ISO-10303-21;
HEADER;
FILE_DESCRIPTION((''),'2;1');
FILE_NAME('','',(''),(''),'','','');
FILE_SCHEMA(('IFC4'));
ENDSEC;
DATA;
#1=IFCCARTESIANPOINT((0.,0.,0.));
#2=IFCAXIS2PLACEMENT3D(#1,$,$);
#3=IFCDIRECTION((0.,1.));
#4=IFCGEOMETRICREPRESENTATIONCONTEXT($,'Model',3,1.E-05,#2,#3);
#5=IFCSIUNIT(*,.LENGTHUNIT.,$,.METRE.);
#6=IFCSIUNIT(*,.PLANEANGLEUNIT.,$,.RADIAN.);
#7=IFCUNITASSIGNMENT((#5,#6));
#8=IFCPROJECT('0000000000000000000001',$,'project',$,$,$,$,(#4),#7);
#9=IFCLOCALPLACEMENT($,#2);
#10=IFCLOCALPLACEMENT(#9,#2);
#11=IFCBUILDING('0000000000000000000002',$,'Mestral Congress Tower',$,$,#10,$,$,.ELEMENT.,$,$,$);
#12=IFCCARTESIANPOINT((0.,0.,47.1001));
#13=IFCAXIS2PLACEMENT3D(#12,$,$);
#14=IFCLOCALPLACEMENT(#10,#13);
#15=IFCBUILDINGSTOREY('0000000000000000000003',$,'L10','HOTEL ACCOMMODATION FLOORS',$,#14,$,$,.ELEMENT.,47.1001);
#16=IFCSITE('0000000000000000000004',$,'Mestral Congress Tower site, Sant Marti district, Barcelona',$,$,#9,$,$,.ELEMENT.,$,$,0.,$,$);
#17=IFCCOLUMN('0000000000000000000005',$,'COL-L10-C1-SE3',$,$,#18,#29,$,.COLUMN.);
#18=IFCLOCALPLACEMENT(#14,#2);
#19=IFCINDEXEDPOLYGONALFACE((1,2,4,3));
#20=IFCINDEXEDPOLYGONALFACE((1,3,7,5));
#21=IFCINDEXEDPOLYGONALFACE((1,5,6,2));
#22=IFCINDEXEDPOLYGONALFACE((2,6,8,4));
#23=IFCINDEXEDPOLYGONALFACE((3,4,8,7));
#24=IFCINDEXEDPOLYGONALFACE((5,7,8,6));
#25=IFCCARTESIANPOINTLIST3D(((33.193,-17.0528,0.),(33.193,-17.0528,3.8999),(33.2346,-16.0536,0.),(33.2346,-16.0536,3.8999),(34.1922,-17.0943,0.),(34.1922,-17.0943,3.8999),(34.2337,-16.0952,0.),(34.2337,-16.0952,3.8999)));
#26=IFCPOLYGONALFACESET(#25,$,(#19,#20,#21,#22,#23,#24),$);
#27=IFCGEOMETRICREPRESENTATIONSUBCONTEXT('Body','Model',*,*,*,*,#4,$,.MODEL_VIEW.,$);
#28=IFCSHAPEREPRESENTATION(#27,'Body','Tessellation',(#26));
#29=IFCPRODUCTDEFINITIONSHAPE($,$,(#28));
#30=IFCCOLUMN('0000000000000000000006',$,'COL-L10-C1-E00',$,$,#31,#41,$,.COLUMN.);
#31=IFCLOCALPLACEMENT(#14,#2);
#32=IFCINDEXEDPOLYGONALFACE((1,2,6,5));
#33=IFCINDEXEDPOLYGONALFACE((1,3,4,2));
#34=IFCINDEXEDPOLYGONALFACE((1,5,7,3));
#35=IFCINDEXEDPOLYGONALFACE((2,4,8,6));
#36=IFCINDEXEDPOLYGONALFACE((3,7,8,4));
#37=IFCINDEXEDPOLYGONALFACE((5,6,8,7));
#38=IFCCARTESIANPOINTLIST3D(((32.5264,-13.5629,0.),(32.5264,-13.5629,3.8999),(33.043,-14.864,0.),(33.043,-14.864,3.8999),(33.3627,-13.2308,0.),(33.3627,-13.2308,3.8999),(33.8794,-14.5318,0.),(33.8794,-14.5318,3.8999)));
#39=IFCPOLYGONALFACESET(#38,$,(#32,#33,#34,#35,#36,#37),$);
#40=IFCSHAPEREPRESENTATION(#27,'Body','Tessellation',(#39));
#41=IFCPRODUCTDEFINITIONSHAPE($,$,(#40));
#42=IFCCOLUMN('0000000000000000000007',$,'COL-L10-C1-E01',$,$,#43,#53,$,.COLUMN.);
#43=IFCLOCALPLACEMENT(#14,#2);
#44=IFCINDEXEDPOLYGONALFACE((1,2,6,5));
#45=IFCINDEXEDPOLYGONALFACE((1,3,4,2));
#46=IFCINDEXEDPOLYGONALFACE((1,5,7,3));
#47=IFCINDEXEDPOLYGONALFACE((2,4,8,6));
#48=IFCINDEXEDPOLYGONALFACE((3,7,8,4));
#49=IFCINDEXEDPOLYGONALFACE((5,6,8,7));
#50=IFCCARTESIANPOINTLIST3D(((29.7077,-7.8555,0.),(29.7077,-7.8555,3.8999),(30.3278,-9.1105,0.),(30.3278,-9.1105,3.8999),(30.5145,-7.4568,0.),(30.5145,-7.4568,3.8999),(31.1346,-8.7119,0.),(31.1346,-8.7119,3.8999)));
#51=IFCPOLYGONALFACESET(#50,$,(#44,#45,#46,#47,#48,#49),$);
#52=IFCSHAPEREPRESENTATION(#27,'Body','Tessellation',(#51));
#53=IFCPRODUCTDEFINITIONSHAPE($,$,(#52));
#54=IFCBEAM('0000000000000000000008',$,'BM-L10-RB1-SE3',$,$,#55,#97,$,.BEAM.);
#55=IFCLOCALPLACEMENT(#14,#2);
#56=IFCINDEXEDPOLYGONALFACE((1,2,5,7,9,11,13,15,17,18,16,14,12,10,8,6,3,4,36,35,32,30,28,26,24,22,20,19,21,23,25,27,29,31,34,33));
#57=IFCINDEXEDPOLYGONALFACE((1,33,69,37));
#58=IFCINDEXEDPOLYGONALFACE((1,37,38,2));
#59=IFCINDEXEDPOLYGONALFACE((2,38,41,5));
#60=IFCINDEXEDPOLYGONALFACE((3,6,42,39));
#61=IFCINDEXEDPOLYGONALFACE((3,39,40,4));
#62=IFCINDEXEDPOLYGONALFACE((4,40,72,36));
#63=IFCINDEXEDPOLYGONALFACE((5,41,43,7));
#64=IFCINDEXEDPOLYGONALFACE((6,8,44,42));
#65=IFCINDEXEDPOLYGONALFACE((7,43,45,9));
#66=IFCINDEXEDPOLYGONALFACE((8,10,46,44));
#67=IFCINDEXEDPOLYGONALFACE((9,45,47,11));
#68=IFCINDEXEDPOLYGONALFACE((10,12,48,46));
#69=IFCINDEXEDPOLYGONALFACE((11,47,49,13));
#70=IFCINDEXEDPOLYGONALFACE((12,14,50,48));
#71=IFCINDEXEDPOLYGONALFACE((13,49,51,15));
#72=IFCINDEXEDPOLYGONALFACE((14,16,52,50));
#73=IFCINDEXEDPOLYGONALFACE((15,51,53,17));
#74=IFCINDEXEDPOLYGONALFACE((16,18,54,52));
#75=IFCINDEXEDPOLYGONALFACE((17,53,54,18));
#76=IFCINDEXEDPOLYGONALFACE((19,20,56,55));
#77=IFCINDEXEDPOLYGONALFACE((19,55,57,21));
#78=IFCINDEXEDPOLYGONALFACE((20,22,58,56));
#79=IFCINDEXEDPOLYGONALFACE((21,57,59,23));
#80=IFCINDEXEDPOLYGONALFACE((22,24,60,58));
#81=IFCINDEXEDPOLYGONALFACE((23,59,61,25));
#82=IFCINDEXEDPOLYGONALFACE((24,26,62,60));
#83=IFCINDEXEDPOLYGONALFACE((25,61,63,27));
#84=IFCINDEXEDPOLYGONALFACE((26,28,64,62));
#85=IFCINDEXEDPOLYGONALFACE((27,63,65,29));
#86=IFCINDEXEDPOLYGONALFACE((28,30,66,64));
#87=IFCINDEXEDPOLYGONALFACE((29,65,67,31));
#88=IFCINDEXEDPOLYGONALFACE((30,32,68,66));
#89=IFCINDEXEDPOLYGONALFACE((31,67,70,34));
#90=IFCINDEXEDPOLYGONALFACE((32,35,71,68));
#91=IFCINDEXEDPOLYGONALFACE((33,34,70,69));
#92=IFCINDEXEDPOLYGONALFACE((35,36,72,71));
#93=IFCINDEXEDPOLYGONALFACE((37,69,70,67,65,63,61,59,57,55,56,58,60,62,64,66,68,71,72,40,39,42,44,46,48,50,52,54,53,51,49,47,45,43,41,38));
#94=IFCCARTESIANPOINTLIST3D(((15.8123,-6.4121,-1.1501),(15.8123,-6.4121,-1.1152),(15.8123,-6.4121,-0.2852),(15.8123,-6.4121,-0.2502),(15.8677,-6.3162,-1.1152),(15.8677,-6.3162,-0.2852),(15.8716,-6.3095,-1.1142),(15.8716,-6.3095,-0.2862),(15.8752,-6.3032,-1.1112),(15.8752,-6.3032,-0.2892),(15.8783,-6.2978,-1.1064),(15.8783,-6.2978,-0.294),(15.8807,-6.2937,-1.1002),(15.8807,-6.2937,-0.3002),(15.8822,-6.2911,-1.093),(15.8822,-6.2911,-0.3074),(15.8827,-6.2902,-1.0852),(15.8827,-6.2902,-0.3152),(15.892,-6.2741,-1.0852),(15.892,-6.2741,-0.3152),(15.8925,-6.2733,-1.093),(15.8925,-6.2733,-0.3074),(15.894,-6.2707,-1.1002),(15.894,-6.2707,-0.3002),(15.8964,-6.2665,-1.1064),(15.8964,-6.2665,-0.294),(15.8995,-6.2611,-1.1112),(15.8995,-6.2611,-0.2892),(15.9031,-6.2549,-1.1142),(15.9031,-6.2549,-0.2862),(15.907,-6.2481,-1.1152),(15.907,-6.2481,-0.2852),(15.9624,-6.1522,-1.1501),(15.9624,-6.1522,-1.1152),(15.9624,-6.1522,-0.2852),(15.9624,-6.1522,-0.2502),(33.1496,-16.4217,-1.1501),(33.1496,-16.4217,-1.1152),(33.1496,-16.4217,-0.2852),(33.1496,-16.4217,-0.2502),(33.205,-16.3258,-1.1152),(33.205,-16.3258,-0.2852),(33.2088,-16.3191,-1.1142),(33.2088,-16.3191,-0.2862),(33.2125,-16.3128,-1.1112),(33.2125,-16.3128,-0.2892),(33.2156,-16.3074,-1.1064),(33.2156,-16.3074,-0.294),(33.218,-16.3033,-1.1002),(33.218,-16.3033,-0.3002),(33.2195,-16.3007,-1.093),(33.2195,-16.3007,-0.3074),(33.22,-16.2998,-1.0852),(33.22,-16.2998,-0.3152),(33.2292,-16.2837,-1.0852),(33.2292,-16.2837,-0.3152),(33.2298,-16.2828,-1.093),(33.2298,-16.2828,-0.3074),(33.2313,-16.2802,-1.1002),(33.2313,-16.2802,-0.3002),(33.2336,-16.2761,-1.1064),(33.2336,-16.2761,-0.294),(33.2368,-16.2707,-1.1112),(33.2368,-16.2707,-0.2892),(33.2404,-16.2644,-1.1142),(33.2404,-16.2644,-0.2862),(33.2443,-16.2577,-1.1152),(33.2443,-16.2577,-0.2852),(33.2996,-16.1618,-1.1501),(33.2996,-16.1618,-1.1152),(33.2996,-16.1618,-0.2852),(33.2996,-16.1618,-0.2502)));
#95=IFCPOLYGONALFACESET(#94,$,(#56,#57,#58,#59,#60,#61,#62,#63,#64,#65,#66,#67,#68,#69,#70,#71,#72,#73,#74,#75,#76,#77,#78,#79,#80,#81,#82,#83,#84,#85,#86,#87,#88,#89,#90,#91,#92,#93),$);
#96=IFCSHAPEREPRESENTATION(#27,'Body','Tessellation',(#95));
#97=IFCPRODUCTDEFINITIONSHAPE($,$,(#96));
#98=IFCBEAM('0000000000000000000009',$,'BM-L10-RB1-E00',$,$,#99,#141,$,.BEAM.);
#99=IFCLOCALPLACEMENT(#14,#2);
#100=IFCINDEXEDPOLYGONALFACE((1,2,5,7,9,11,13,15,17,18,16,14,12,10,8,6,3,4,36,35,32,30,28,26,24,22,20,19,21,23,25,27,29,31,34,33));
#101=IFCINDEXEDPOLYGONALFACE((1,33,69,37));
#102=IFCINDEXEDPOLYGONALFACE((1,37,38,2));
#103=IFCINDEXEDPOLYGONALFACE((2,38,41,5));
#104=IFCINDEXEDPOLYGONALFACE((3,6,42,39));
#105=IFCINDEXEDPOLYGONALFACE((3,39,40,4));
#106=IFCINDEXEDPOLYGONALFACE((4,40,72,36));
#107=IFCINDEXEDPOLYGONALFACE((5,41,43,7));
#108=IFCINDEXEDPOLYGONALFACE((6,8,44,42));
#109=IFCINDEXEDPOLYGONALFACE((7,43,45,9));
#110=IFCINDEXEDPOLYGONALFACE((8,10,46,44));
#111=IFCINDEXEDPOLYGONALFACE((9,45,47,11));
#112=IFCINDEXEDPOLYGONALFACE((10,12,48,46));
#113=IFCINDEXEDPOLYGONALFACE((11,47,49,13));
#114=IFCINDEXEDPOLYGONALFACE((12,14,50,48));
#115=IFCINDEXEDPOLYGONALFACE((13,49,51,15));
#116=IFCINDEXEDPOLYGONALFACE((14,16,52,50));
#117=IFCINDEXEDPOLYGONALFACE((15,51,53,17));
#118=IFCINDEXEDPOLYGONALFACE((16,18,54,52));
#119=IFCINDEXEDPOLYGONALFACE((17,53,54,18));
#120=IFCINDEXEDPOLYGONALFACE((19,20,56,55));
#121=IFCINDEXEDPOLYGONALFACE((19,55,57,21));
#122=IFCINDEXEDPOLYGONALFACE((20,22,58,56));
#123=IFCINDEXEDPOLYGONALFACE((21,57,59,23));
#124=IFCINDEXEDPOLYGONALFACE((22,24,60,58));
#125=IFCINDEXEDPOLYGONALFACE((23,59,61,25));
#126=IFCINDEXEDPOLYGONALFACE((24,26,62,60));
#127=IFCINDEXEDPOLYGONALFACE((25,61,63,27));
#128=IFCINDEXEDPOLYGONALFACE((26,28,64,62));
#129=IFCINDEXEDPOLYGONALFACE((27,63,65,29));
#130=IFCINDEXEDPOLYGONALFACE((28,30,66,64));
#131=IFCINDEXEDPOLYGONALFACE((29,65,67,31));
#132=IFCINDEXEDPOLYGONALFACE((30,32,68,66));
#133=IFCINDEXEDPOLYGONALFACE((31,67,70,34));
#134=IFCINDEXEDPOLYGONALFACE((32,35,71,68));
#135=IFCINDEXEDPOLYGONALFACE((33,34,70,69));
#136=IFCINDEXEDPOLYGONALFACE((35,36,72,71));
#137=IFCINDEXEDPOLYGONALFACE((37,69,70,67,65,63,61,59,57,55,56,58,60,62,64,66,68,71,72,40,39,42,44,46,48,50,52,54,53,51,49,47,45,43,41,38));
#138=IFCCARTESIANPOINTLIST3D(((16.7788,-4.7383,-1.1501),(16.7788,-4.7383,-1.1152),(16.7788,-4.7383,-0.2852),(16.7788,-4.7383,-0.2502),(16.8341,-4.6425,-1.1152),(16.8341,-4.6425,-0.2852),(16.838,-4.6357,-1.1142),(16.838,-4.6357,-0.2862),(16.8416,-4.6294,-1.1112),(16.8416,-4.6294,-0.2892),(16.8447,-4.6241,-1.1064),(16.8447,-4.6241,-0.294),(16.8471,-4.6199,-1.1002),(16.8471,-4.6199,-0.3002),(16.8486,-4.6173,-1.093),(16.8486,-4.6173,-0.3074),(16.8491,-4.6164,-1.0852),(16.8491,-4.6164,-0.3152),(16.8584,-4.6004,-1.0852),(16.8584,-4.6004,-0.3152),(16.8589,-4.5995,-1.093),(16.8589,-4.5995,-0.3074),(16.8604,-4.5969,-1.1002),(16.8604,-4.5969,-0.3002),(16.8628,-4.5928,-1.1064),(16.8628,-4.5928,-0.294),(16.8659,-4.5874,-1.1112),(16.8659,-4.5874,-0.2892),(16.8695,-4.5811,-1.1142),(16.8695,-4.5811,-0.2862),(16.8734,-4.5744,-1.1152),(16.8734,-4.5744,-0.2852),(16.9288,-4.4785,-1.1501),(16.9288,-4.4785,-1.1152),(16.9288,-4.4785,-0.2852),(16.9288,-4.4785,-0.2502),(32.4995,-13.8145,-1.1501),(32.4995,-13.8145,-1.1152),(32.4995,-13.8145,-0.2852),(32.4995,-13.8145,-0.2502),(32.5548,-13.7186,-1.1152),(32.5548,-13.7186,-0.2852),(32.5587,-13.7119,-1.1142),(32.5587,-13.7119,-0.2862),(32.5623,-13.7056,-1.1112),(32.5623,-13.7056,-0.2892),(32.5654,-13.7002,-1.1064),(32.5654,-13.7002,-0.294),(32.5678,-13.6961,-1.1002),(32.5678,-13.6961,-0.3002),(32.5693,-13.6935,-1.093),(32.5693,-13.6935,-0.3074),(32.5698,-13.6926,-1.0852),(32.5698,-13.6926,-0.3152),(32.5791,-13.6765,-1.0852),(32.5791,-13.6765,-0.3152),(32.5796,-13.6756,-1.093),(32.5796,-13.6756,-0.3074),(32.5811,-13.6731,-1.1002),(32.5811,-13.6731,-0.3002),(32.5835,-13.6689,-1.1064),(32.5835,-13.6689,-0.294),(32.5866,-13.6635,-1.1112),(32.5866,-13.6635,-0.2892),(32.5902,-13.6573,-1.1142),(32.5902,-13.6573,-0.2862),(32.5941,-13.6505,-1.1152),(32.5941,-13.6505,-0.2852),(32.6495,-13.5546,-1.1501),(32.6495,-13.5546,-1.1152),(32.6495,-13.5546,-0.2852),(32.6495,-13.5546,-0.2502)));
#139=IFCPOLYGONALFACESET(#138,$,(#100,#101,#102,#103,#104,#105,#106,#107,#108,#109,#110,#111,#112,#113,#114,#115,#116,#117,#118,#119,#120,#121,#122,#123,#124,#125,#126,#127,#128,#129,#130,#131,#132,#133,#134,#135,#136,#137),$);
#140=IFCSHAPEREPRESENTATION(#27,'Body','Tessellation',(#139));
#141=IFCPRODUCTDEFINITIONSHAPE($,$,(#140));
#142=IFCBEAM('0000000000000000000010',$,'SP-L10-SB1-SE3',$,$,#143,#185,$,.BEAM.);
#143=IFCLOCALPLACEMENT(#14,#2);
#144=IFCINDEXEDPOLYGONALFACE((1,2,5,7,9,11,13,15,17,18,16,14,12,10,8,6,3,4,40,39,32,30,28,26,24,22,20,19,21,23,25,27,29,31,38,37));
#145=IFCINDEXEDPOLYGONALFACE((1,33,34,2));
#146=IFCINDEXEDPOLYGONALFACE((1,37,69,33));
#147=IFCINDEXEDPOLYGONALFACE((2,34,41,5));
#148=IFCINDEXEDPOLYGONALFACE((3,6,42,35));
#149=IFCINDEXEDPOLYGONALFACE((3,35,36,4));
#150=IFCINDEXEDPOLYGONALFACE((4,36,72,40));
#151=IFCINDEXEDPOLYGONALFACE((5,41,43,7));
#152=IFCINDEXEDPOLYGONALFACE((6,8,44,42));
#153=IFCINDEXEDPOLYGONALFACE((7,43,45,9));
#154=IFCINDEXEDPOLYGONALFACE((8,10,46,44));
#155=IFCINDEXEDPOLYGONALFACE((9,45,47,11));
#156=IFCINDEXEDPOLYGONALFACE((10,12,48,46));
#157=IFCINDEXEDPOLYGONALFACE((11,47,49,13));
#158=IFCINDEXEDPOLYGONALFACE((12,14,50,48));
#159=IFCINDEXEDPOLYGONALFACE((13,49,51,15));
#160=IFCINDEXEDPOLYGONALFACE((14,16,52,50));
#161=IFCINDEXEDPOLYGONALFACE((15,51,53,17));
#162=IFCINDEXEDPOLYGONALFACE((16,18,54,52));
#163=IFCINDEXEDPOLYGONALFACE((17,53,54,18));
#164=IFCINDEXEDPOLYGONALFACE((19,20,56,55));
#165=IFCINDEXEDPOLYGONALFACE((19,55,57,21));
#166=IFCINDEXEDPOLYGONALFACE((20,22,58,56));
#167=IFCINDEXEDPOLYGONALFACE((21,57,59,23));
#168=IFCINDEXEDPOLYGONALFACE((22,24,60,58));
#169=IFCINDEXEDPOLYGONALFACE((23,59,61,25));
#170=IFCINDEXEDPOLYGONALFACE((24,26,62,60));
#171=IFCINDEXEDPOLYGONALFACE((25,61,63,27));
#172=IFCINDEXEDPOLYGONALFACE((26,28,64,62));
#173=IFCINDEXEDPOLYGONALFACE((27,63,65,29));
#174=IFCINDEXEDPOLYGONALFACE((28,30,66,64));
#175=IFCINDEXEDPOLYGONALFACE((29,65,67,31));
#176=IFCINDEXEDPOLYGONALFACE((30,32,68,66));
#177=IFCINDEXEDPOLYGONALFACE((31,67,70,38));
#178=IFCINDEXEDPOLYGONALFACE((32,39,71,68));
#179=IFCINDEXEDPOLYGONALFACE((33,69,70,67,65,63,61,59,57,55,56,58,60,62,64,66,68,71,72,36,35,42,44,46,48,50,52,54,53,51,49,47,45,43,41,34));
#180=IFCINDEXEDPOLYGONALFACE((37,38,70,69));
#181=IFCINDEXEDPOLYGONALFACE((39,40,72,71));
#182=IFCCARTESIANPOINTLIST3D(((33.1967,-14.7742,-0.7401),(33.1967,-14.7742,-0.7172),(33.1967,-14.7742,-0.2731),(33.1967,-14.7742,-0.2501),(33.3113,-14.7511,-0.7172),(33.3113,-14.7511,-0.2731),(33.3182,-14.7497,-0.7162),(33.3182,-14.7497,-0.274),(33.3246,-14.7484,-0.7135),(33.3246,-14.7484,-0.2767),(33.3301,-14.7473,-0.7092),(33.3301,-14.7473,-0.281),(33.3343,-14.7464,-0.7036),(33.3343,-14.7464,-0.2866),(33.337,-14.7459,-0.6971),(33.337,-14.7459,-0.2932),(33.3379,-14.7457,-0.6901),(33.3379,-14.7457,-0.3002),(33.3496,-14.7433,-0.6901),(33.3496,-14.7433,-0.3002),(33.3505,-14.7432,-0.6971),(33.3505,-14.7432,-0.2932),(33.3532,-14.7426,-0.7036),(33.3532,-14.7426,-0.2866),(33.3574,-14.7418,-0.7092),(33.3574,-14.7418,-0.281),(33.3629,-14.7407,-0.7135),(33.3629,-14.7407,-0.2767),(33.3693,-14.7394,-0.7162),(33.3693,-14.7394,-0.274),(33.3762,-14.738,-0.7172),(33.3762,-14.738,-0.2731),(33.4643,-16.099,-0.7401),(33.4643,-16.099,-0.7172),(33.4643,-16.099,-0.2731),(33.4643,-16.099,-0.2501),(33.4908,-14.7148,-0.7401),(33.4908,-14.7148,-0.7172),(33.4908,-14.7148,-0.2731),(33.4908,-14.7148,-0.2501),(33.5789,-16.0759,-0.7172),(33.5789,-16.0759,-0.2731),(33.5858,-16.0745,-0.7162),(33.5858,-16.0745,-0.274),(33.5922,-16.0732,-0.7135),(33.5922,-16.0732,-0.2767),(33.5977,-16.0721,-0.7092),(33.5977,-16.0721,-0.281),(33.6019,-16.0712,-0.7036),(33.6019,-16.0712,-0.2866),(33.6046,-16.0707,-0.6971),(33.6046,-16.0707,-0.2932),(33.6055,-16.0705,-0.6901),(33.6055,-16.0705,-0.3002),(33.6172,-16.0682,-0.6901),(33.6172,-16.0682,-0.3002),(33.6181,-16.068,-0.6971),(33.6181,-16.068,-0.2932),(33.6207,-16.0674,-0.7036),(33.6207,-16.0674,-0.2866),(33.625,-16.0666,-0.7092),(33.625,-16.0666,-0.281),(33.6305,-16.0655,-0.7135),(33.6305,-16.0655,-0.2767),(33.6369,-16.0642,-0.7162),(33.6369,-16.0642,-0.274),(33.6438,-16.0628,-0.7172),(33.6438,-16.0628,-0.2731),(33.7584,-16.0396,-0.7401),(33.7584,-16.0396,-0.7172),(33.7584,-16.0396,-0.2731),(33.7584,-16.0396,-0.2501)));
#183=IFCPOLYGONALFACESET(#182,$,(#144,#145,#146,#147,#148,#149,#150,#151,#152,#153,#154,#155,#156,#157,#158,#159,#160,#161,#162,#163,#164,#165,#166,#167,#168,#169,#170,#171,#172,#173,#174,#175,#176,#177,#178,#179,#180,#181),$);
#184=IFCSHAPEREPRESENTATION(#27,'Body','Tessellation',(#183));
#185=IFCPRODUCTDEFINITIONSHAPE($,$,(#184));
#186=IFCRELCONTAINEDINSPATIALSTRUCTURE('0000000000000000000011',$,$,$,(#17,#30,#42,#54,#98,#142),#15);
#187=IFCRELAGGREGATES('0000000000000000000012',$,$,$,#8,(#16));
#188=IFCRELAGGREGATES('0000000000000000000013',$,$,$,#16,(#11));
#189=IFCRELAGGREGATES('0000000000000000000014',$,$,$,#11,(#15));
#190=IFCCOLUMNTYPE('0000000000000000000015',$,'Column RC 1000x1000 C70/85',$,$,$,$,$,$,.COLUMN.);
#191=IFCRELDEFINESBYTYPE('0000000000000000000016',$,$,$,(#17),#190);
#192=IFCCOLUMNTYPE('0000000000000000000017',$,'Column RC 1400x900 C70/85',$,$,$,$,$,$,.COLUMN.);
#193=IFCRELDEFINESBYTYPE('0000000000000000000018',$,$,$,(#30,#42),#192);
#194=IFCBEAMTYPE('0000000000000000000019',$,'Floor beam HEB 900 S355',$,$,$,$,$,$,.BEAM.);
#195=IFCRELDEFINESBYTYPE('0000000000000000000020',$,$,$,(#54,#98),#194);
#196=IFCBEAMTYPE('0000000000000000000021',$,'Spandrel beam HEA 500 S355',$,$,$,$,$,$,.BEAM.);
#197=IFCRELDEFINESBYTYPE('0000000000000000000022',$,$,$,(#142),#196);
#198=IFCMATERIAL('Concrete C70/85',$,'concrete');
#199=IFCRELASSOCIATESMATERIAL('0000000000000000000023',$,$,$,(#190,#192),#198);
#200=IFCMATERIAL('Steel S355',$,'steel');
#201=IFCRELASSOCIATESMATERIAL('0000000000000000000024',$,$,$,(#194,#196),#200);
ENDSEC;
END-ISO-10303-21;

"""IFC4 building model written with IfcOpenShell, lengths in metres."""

from ifc_helpers import new_model, si_unit, direction, frame, origin, origin_2d, place, context, subcontext, project, spatial, rectangle, i_section, extrude, material, material_profile, profile_set, type_object, element, save


model = new_model("IFC4")

# Units and contexts
model_context = context("Model", 3, precision=1e-05, world=origin(), true_north=direction((0.0, 1.0)))
body_context = subcontext(model_context, "Body", "Model", "MODEL_VIEW")
ifc_project = project(units=[si_unit("LENGTHUNIT", "METRE"), si_unit("PLANEANGLEUNIT", "RADIAN")], contexts=[model_context])

# Site, building, storey
site_placement = place(None, origin())
site = spatial("IfcSite", under=ifc_project, at=site_placement, Name="Mestral Congress Tower site, Sant Marti district, Barcelona", CompositionType="ELEMENT", RefElevation=0.0)
building_placement = place(site_placement, origin())
building = spatial("IfcBuilding", under=site, at=building_placement, Name="Mestral Congress Tower", CompositionType="ELEMENT")
storey_placement = place(building_placement, frame((0.0, 0.0, 47.1001)))
storey = spatial("IfcBuildingStorey", under=building, at=storey_placement, Name="L10", Description="HOTEL ACCOMMODATION FLOORS", CompositionType="ELEMENT", Elevation=47.1001)

# Columns
ifc_material_1 = material(Name="Concrete C70/85", Category="concrete")
ifc_material_profile_1 = material_profile(ifc_material_1, rectangle(XDim=1.0, YDim=1.0, at=origin_2d()), Name="RC 1000x1000")
ifc_profile_set_1 = profile_set([ifc_material_profile_1], Name="Concrete C70/85")
column_type_1 = type_object("IfcColumnType", Name="Column RC 1000x1000 C70/85", PredefinedType="COLUMN", material=ifc_profile_set_1)
column_placement = place(storey_placement, frame((33.7134, -16.574, 0.0), z_axis=(0.0, 0.0, 1.0), x_axis=(0.041583, 0.999135, 0.0)))
element("IfcColumn", 1, at=column_placement, inside=storey, type_object=column_type_1, Name="COL-L10-C1-SE3", PredefinedType="COLUMN", context=body_context, shape_type="SweptSolid", body=[
    extrude(rectangle(XDim=1.0, YDim=1.0, at=origin_2d()), origin(), (0.0, 0.0, 1.0), 3.8999),
])
ifc_material_profile_2 = material_profile(ifc_material_1, rectangle(XDim=1.3999, YDim=0.8999, at=origin_2d()), Name="RC 1400x900")
ifc_profile_set_2 = profile_set([ifc_material_profile_2], Name="Concrete C70/85")
column_type_2 = type_object("IfcColumnType", Name="Column RC 1400x900 C70/85", PredefinedType="COLUMN", material=ifc_profile_set_2)
for number, where, z_axis, x_axis, name in (
    (2, (33.2029, -14.0474, 0.0), (0.0, 0.0, 1.0), (-0.36909, 0.929394, 0.0), "COL-L10-C1-E00"),
    (3, (30.4211, -8.2837, 0.0), (0.0, 0.0, 1.0), (-0.442959, 0.896542, 0.0), "COL-L10-C1-E01"),
):
    element("IfcColumn", number, at=place(storey_placement, frame(where, z_axis=z_axis, x_axis=x_axis)), inside=storey, type_object=column_type_2, Name=name, PredefinedType="COLUMN", context=body_context, shape_type="SweptSolid", body=[
        extrude(rectangle(XDim=1.3999, YDim=0.8999, at=origin_2d()), origin(), (0.0, 0.0, 1.0), 3.8999),
    ])

# Beams
ifc_material_2 = material(Name="Steel S355", Category="steel")
ifc_material_profile_3 = material_profile(ifc_material_2, i_section(OverallWidth=0.3, OverallDepth=0.8999, WebThickness=0.0186, FlangeThickness=0.0349, FilletRadius=0.03, at=origin_2d()), Name="HEB 900")
ifc_profile_set_3 = profile_set([ifc_material_profile_3], Name="Steel S355")
beam_type_1 = type_object("IfcBeamType", Name="Floor beam HEB 900 S355", PredefinedType="BEAM", material=ifc_profile_set_3)
beam_1_placement = place(storey_placement, frame((33.2246, -16.2917, -0.7002), z_axis=(-0.866027, 0.499997, 0.0), x_axis=(-0.499997, -0.866027, 0.0)))
element("IfcBeam", 4, at=beam_1_placement, inside=storey, type_object=beam_type_1, Name="BM-L10-RB1-SE3", PredefinedType="BEAM", context=body_context, shape_type="SweptSolid", body=[
    extrude(i_section(OverallWidth=0.3, OverallDepth=0.8999, WebThickness=0.0186, FlangeThickness=0.0349, FilletRadius=0.03, at=origin_2d()), origin(), (0.0, 0.0, 1.0), 20.0193),
])
beam_2_placement = place(storey_placement, frame((32.5745, -13.6846, -0.7002), z_axis=(-0.86603, 0.499993, 0.0), x_axis=(-0.499993, -0.86603, 0.0)))
element("IfcBeam", 5, at=beam_2_placement, inside=storey, type_object=beam_type_1, Name="BM-L10-RB1-E00", PredefinedType="BEAM", context=body_context, shape_type="SweptSolid", body=[
    extrude(i_section(OverallWidth=0.3, OverallDepth=0.8999, WebThickness=0.0186, FlangeThickness=0.0349, FilletRadius=0.03, at=origin_2d()), origin(), (0.0, 0.0, 1.0), 18.1526),
])
ifc_material_profile_4 = material_profile(ifc_material_2, i_section(OverallWidth=0.3, OverallDepth=0.49, WebThickness=0.012, FlangeThickness=0.0229, FilletRadius=0.0271, at=origin_2d()), Name="HEA 500")
ifc_profile_set_4 = profile_set([ifc_material_profile_4], Name="Steel S355")
beam_type_2 = type_object("IfcBeamType", Name="Spandrel beam HEA 500 S355", PredefinedType="BEAM", material=ifc_profile_set_4)
beam_3_placement = place(storey_placement, frame((33.6113, -16.0693, -0.4951), z_axis=(-0.197992, 0.980204, 0.0), x_axis=(-0.980204, -0.197992, 0.0)))
element("IfcBeam", 6, at=beam_3_placement, inside=storey, type_object=beam_type_2, Name="SP-L10-SB1-SE3", PredefinedType="BEAM", context=body_context, shape_type="SweptSolid", body=[
    extrude(i_section(OverallWidth=0.3, OverallDepth=0.49, WebThickness=0.012, FlangeThickness=0.0229, FilletRadius=0.0271, at=origin_2d()), origin(), (0.0, 0.0, 1.0), 1.3516),
])

save(model, "model.ifc")
